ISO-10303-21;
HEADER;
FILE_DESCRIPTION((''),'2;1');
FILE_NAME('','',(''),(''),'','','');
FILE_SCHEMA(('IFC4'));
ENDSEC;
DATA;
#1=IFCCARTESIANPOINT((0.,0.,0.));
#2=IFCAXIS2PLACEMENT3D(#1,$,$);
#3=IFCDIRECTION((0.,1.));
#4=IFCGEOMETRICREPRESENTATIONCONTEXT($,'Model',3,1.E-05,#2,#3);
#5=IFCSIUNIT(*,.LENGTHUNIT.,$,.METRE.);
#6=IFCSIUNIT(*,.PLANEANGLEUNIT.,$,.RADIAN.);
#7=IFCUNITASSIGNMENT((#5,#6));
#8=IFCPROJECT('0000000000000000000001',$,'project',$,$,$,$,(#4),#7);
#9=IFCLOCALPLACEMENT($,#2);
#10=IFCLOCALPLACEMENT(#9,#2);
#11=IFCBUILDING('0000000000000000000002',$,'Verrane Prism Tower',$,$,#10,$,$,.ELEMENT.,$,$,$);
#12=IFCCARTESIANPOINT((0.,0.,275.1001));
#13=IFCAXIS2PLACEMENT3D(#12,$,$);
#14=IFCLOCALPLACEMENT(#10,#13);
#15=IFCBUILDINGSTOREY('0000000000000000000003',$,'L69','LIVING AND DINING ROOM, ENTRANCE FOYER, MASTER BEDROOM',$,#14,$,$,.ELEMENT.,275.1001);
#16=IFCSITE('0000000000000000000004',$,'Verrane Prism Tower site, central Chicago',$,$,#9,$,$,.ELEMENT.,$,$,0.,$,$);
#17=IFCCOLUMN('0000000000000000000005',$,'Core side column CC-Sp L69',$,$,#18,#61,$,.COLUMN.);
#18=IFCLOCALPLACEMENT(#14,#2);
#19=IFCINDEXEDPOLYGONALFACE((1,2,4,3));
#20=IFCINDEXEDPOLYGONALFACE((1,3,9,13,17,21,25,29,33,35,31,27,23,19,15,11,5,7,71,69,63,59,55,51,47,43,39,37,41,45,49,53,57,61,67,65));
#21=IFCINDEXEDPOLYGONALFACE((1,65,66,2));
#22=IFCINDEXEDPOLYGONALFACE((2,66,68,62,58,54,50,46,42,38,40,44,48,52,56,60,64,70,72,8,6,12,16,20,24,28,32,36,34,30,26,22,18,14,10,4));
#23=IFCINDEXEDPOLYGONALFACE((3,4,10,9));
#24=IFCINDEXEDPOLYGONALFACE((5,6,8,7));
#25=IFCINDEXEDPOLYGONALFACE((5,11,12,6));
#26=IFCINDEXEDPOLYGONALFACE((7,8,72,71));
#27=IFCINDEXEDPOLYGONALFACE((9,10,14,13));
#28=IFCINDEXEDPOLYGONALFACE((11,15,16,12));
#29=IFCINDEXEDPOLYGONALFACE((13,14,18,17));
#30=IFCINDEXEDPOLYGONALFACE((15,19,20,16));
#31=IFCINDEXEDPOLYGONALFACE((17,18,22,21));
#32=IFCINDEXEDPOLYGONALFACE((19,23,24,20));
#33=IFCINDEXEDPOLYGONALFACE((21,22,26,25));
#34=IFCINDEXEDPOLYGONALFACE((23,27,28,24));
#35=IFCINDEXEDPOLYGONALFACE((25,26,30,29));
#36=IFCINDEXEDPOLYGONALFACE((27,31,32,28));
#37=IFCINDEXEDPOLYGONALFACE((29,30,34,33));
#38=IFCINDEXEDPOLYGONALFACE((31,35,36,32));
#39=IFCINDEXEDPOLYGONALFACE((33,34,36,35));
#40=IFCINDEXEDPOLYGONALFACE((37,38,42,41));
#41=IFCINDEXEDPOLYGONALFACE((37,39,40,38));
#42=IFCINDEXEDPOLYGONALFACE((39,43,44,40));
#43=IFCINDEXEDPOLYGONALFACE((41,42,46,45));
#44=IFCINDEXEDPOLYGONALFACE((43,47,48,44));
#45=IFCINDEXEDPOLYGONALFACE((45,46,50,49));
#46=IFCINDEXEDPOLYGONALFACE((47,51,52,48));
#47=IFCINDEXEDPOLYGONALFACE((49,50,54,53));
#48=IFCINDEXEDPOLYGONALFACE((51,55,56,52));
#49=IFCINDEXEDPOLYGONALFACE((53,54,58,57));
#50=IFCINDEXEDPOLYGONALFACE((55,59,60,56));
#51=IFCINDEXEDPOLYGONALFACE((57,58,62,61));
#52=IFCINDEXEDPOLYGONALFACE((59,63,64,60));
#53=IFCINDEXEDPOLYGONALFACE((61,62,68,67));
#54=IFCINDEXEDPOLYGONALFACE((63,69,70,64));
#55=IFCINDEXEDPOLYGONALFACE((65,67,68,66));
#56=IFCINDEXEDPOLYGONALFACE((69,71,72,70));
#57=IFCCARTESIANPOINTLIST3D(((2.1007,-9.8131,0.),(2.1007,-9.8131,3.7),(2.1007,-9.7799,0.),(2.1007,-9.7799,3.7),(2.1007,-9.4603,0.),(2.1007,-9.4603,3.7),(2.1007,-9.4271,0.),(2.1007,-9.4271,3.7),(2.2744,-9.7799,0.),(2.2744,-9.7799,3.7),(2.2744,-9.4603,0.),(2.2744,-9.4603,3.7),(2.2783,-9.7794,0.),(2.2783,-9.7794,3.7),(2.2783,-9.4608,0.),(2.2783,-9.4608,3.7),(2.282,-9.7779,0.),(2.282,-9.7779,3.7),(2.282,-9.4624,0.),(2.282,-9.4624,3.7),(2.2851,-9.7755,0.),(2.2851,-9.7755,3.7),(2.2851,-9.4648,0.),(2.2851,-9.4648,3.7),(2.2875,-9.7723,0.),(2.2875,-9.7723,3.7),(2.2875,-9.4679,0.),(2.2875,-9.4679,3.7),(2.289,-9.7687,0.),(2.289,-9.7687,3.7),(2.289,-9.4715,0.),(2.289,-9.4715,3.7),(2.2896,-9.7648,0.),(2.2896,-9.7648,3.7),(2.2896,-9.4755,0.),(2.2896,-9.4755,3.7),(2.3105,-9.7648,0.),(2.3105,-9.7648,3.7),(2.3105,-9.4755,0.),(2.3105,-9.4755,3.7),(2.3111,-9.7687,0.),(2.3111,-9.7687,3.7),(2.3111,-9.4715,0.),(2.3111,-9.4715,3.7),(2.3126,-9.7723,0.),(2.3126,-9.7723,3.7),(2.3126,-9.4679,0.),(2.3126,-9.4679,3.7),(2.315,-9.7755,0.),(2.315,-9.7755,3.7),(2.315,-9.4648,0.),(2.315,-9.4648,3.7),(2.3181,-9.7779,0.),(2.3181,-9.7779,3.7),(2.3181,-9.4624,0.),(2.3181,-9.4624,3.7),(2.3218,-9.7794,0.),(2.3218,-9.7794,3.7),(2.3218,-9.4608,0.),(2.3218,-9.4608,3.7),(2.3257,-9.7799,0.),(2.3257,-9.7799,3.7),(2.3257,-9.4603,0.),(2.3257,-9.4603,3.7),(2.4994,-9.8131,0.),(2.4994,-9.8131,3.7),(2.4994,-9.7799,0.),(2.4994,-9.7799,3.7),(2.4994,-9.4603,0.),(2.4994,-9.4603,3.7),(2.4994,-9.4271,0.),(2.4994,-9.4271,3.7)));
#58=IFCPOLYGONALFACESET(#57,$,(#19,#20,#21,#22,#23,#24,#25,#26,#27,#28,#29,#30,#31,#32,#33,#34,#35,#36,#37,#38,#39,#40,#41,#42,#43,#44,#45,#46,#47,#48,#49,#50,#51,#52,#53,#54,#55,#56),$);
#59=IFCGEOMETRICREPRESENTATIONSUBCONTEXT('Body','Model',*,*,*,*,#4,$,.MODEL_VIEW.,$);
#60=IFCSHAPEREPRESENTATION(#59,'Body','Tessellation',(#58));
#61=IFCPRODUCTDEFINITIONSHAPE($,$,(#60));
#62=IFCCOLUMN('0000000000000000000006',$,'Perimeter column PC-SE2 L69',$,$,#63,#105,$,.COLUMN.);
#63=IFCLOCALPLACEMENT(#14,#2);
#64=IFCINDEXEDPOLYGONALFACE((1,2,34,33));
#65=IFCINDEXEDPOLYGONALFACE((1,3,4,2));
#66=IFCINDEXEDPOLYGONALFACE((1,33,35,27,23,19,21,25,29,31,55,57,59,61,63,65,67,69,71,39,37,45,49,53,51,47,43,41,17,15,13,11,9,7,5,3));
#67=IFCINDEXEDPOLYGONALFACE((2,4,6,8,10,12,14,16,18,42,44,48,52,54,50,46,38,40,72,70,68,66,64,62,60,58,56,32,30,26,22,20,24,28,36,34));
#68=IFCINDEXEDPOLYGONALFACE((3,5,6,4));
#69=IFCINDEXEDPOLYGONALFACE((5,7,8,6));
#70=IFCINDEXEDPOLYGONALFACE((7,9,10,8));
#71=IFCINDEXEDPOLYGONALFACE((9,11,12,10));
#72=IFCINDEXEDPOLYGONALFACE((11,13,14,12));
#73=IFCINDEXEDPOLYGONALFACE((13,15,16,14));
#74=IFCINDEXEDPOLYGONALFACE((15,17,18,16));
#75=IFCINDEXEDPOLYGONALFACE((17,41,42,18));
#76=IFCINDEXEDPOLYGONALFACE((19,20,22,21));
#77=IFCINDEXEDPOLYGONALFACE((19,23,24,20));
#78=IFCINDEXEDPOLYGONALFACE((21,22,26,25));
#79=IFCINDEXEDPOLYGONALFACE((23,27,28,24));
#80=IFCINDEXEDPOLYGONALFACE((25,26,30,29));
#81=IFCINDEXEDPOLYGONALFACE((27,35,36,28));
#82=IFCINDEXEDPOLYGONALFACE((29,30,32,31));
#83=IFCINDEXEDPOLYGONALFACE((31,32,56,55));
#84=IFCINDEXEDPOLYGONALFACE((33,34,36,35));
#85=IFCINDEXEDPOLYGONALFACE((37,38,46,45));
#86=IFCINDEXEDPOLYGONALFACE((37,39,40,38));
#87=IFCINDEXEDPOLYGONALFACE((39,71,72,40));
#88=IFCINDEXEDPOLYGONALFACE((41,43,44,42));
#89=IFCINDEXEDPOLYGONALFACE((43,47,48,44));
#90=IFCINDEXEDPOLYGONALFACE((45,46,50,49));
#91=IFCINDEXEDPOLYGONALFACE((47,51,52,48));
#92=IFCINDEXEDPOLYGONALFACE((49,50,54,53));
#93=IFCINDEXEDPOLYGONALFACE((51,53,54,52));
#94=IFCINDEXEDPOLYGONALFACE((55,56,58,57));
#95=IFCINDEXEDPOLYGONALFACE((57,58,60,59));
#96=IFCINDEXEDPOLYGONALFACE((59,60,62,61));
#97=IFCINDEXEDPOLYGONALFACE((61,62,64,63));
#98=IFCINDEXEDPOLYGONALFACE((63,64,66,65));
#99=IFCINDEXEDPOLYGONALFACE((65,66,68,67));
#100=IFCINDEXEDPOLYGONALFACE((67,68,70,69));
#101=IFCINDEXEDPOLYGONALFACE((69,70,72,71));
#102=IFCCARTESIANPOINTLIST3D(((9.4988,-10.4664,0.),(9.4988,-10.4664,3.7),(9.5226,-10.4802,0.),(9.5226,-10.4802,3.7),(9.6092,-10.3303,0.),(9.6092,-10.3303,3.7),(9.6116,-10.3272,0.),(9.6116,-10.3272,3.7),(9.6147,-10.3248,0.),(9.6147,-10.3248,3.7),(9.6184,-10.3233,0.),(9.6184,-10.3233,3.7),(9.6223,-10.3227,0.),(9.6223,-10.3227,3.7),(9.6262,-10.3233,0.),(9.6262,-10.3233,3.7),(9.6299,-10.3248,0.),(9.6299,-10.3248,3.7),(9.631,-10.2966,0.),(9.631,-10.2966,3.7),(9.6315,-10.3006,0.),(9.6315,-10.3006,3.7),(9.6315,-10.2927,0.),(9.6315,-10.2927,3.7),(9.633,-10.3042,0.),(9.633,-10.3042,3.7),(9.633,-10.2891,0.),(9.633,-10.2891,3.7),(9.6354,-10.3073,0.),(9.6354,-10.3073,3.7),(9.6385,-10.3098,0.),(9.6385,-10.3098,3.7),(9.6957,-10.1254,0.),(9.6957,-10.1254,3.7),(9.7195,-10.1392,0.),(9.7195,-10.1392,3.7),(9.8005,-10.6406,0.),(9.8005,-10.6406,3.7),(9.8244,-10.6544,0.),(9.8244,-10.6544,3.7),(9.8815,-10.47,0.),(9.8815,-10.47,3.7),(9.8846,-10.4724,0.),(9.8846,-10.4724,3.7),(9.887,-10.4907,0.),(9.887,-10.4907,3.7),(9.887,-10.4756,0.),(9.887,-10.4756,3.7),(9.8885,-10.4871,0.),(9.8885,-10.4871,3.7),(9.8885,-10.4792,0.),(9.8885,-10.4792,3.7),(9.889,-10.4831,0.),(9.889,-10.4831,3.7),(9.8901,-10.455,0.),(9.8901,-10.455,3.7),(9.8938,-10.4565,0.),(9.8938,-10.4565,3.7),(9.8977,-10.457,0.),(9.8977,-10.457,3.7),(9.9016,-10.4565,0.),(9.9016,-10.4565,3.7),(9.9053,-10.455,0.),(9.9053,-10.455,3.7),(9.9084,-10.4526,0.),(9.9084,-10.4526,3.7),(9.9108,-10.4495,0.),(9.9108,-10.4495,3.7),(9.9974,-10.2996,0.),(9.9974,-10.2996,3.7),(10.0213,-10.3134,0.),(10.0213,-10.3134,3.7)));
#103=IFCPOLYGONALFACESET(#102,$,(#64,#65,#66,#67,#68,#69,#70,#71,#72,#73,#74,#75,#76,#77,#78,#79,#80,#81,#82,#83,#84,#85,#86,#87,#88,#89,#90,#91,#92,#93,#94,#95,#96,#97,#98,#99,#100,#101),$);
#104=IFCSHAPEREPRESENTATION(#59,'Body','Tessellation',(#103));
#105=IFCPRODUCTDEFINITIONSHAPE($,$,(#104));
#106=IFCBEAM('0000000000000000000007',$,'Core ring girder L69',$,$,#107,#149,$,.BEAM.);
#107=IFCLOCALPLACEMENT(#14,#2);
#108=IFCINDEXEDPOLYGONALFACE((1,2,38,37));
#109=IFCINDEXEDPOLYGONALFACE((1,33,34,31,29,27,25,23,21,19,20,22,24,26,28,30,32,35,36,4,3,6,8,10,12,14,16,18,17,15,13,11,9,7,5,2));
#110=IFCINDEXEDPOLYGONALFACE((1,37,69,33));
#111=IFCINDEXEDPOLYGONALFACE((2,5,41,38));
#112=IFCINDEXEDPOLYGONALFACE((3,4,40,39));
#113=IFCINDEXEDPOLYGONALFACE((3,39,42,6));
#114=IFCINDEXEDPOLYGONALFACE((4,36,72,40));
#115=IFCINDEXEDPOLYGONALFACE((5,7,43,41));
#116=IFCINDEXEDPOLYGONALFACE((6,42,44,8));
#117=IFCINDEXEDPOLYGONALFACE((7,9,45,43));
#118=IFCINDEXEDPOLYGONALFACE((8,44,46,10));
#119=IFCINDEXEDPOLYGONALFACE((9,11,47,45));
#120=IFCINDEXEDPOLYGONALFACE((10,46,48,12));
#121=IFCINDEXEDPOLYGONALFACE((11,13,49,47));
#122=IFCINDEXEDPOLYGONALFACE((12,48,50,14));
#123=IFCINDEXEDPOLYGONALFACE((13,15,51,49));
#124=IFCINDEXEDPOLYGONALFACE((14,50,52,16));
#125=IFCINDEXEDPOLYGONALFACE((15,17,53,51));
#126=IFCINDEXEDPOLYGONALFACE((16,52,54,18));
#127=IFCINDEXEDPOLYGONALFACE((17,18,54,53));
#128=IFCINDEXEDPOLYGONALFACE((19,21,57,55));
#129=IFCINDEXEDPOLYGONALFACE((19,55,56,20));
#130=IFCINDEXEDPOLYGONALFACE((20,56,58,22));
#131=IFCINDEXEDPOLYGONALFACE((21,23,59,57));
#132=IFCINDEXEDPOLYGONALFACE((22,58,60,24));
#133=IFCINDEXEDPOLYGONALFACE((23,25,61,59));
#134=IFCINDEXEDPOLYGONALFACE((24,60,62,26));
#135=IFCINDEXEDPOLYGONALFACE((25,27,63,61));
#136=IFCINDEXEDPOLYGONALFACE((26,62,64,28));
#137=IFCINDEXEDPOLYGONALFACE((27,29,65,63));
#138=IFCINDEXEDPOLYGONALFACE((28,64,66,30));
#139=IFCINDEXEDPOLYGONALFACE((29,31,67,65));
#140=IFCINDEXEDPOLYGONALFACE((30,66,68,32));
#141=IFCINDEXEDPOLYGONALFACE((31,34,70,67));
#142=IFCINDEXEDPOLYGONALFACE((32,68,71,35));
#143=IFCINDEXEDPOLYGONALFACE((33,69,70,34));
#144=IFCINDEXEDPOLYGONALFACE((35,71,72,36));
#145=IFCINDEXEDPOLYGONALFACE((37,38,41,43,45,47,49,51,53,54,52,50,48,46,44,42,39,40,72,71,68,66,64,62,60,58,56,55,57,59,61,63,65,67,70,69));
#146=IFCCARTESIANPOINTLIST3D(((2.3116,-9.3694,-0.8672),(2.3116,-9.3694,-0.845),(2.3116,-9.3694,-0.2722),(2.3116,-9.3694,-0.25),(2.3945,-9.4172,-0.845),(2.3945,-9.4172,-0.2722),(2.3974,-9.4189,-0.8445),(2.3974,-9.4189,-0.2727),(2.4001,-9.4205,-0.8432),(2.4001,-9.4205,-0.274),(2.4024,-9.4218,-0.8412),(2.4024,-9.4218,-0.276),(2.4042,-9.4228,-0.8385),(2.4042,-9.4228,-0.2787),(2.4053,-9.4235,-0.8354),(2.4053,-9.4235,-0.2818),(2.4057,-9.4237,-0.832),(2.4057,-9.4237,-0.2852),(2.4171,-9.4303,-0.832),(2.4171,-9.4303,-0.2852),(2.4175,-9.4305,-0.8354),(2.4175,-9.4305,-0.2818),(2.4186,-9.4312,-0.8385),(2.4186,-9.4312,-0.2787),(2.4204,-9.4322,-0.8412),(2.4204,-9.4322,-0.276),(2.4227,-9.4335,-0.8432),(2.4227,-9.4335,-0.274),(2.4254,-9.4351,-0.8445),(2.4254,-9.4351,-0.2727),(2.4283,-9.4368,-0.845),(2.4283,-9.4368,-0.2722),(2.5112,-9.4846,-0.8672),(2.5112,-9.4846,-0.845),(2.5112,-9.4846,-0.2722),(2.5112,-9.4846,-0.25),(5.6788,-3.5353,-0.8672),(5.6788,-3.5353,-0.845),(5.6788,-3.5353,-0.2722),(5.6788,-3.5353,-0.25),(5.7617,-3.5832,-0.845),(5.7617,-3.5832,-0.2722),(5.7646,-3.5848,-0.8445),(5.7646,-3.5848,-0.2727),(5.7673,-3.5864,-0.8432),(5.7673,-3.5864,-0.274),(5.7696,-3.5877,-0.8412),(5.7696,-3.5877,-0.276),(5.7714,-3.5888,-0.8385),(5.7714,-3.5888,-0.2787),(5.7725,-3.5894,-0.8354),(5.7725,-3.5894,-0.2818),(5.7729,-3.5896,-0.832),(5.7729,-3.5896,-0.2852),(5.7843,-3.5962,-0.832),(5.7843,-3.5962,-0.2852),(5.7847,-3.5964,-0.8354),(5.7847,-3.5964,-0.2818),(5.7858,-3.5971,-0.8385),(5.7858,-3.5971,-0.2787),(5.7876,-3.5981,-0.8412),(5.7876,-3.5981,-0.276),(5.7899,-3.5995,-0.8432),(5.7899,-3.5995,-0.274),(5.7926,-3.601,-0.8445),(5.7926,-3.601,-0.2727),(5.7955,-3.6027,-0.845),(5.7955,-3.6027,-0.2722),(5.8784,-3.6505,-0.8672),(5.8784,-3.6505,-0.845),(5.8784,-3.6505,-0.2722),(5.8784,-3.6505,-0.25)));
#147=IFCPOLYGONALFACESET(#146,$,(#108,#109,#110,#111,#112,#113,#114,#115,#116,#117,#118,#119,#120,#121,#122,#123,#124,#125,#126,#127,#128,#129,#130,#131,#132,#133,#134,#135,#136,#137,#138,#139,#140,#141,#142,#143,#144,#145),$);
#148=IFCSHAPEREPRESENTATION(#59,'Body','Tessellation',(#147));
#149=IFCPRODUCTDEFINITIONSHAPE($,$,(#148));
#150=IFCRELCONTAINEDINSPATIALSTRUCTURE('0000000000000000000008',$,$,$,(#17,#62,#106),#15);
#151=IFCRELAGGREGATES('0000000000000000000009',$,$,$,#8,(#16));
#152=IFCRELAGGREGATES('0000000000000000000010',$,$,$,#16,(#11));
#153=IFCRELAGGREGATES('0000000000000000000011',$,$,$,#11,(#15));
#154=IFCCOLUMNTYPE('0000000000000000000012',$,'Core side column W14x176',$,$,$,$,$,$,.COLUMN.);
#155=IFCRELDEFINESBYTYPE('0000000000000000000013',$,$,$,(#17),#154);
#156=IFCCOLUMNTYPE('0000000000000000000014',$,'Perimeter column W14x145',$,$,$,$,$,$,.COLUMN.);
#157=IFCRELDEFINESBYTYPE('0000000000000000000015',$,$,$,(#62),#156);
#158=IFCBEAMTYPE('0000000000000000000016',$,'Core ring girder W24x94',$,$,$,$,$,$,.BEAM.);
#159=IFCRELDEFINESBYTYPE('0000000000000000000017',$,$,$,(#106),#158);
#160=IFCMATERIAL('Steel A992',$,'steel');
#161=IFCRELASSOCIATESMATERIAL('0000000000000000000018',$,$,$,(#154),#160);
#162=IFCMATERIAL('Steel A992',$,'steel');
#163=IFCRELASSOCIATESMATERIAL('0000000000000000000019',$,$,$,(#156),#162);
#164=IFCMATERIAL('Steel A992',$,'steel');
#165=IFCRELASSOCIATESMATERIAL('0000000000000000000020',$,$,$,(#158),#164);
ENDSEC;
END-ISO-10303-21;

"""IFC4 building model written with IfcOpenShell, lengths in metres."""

from ifc_helpers import new_model, si_unit, direction, frame, origin, origin_2d, place, context, subcontext, project, spatial, i_section, extrude, material, material_profile, profile_set, type_object, element, save


model = new_model("IFC4")

# Units and contexts
model_context = context("Model", 3, precision=1e-05, world=origin(), true_north=direction((0.0, 1.0)))
body_context = subcontext(model_context, "Body", "Model", "MODEL_VIEW")
ifc_project = project(units=[si_unit("LENGTHUNIT", "METRE"), si_unit("PLANEANGLEUNIT", "RADIAN")], contexts=[model_context])

# Site, building, storey
site_placement = place(None, origin())
site = spatial("IfcSite", under=ifc_project, at=site_placement, Name="Verrane Prism Tower site, central Chicago", CompositionType="ELEMENT", RefElevation=0.0)
building_placement = place(site_placement, origin())
building = spatial("IfcBuilding", under=site, at=building_placement, Name="Verrane Prism Tower", CompositionType="ELEMENT")
storey_placement = place(building_placement, frame((0.0, 0.0, 275.1001)))
storey = spatial("IfcBuildingStorey", under=building, at=storey_placement, Name="L69", Description="LIVING AND DINING ROOM, ENTRANCE FOYER, MASTER BEDROOM", CompositionType="ELEMENT", Elevation=275.1001)

# Columns
ifc_material_1 = material(Name="Steel A992", Category="steel")
ifc_material_profile_1 = material_profile(ifc_material_1, i_section(OverallWidth=0.3987, OverallDepth=0.386, WebThickness=0.021, FlangeThickness=0.0332, FilletRadius=0.0151, at=origin_2d()), Name="W14x176")
ifc_profile_set_1 = profile_set([ifc_material_profile_1], Name="Steel A992")
column_type_1 = type_object("IfcColumnType", Name="Core side column W14x176", PredefinedType="COLUMN", material=ifc_profile_set_1)
column_1_placement = place(storey_placement, frame((2.3, -9.6201, 0.0), z_axis=(0.0, 0.0, 1.0), x_axis=(1.0, 0.0, 0.0)))
element("IfcColumn", 1, at=column_1_placement, inside=storey, type_object=column_type_1, Name="Core side column CC-Sp L69", PredefinedType="COLUMN", context=body_context, shape_type="SweptSolid", body=[
    extrude(i_section(OverallWidth=0.3987, OverallDepth=0.386, WebThickness=0.021, FlangeThickness=0.0332, FilletRadius=0.0151, at=origin_2d()), origin(), (0.0, 0.0, 1.0), 3.7),
])
ifc_material_2 = material(Name="Steel A992", Category="steel")
ifc_material_profile_2 = material_profile(ifc_material_2, i_section(OverallWidth=0.3938, OverallDepth=0.376, WebThickness=0.0173, FlangeThickness=0.0276, FilletRadius=0.0151, at=origin_2d()), Name="W14x145")
ifc_profile_set_2 = profile_set([ifc_material_profile_2], Name="Steel A992")
column_type_2 = type_object("IfcColumnType", Name="Perimeter column W14x145", PredefinedType="COLUMN", material=ifc_profile_set_2)
column_2_placement = place(storey_placement, frame((9.76, -10.3899, 0.0), z_axis=(0.0, 0.0, 1.0), x_axis=(-0.5, -0.866025, 0.0)))
element("IfcColumn", 2, at=column_2_placement, inside=storey, type_object=column_type_2, Name="Perimeter column PC-SE2 L69", PredefinedType="COLUMN", context=body_context, shape_type="SweptSolid", body=[
    extrude(i_section(OverallWidth=0.3938, OverallDepth=0.376, WebThickness=0.0173, FlangeThickness=0.0276, FilletRadius=0.0151, at=origin_2d()), origin(), (0.0, 0.0, 1.0), 3.7),
])

# Beam
ifc_material_3 = material(Name="Steel A992", Category="steel")
ifc_material_profile_3 = material_profile(ifc_material_3, i_section(OverallWidth=0.2305, OverallDepth=0.6172, WebThickness=0.0132, FlangeThickness=0.0222, FilletRadius=0.0129, at=origin_2d()), Name="W24x94")
ifc_profile_set_3 = profile_set([ifc_material_profile_3], Name="Steel A992")
beam_type_1 = type_object("IfcBeamType", Name="Core ring girder W24x94", PredefinedType="BEAM", material=ifc_profile_set_3)
beam_1_placement = place(storey_placement, frame((2.4114, -9.427, -0.5586), z_axis=(0.499881, 0.866094, 0.0), x_axis=(-0.866094, 0.499881, 0.0)))
element("IfcBeam", 3, at=beam_1_placement, inside=storey, type_object=beam_type_1, Name="Core ring girder L69", PredefinedType="BEAM", context=body_context, shape_type="SweptSolid", body=[
    extrude(i_section(OverallWidth=0.2305, OverallDepth=0.6172, WebThickness=0.0132, FlangeThickness=0.0222, FilletRadius=0.0129, at=origin_2d()), origin(), (0.0, 0.0, 1.0), 6.7361),
])

save(model, "model.ifc")
